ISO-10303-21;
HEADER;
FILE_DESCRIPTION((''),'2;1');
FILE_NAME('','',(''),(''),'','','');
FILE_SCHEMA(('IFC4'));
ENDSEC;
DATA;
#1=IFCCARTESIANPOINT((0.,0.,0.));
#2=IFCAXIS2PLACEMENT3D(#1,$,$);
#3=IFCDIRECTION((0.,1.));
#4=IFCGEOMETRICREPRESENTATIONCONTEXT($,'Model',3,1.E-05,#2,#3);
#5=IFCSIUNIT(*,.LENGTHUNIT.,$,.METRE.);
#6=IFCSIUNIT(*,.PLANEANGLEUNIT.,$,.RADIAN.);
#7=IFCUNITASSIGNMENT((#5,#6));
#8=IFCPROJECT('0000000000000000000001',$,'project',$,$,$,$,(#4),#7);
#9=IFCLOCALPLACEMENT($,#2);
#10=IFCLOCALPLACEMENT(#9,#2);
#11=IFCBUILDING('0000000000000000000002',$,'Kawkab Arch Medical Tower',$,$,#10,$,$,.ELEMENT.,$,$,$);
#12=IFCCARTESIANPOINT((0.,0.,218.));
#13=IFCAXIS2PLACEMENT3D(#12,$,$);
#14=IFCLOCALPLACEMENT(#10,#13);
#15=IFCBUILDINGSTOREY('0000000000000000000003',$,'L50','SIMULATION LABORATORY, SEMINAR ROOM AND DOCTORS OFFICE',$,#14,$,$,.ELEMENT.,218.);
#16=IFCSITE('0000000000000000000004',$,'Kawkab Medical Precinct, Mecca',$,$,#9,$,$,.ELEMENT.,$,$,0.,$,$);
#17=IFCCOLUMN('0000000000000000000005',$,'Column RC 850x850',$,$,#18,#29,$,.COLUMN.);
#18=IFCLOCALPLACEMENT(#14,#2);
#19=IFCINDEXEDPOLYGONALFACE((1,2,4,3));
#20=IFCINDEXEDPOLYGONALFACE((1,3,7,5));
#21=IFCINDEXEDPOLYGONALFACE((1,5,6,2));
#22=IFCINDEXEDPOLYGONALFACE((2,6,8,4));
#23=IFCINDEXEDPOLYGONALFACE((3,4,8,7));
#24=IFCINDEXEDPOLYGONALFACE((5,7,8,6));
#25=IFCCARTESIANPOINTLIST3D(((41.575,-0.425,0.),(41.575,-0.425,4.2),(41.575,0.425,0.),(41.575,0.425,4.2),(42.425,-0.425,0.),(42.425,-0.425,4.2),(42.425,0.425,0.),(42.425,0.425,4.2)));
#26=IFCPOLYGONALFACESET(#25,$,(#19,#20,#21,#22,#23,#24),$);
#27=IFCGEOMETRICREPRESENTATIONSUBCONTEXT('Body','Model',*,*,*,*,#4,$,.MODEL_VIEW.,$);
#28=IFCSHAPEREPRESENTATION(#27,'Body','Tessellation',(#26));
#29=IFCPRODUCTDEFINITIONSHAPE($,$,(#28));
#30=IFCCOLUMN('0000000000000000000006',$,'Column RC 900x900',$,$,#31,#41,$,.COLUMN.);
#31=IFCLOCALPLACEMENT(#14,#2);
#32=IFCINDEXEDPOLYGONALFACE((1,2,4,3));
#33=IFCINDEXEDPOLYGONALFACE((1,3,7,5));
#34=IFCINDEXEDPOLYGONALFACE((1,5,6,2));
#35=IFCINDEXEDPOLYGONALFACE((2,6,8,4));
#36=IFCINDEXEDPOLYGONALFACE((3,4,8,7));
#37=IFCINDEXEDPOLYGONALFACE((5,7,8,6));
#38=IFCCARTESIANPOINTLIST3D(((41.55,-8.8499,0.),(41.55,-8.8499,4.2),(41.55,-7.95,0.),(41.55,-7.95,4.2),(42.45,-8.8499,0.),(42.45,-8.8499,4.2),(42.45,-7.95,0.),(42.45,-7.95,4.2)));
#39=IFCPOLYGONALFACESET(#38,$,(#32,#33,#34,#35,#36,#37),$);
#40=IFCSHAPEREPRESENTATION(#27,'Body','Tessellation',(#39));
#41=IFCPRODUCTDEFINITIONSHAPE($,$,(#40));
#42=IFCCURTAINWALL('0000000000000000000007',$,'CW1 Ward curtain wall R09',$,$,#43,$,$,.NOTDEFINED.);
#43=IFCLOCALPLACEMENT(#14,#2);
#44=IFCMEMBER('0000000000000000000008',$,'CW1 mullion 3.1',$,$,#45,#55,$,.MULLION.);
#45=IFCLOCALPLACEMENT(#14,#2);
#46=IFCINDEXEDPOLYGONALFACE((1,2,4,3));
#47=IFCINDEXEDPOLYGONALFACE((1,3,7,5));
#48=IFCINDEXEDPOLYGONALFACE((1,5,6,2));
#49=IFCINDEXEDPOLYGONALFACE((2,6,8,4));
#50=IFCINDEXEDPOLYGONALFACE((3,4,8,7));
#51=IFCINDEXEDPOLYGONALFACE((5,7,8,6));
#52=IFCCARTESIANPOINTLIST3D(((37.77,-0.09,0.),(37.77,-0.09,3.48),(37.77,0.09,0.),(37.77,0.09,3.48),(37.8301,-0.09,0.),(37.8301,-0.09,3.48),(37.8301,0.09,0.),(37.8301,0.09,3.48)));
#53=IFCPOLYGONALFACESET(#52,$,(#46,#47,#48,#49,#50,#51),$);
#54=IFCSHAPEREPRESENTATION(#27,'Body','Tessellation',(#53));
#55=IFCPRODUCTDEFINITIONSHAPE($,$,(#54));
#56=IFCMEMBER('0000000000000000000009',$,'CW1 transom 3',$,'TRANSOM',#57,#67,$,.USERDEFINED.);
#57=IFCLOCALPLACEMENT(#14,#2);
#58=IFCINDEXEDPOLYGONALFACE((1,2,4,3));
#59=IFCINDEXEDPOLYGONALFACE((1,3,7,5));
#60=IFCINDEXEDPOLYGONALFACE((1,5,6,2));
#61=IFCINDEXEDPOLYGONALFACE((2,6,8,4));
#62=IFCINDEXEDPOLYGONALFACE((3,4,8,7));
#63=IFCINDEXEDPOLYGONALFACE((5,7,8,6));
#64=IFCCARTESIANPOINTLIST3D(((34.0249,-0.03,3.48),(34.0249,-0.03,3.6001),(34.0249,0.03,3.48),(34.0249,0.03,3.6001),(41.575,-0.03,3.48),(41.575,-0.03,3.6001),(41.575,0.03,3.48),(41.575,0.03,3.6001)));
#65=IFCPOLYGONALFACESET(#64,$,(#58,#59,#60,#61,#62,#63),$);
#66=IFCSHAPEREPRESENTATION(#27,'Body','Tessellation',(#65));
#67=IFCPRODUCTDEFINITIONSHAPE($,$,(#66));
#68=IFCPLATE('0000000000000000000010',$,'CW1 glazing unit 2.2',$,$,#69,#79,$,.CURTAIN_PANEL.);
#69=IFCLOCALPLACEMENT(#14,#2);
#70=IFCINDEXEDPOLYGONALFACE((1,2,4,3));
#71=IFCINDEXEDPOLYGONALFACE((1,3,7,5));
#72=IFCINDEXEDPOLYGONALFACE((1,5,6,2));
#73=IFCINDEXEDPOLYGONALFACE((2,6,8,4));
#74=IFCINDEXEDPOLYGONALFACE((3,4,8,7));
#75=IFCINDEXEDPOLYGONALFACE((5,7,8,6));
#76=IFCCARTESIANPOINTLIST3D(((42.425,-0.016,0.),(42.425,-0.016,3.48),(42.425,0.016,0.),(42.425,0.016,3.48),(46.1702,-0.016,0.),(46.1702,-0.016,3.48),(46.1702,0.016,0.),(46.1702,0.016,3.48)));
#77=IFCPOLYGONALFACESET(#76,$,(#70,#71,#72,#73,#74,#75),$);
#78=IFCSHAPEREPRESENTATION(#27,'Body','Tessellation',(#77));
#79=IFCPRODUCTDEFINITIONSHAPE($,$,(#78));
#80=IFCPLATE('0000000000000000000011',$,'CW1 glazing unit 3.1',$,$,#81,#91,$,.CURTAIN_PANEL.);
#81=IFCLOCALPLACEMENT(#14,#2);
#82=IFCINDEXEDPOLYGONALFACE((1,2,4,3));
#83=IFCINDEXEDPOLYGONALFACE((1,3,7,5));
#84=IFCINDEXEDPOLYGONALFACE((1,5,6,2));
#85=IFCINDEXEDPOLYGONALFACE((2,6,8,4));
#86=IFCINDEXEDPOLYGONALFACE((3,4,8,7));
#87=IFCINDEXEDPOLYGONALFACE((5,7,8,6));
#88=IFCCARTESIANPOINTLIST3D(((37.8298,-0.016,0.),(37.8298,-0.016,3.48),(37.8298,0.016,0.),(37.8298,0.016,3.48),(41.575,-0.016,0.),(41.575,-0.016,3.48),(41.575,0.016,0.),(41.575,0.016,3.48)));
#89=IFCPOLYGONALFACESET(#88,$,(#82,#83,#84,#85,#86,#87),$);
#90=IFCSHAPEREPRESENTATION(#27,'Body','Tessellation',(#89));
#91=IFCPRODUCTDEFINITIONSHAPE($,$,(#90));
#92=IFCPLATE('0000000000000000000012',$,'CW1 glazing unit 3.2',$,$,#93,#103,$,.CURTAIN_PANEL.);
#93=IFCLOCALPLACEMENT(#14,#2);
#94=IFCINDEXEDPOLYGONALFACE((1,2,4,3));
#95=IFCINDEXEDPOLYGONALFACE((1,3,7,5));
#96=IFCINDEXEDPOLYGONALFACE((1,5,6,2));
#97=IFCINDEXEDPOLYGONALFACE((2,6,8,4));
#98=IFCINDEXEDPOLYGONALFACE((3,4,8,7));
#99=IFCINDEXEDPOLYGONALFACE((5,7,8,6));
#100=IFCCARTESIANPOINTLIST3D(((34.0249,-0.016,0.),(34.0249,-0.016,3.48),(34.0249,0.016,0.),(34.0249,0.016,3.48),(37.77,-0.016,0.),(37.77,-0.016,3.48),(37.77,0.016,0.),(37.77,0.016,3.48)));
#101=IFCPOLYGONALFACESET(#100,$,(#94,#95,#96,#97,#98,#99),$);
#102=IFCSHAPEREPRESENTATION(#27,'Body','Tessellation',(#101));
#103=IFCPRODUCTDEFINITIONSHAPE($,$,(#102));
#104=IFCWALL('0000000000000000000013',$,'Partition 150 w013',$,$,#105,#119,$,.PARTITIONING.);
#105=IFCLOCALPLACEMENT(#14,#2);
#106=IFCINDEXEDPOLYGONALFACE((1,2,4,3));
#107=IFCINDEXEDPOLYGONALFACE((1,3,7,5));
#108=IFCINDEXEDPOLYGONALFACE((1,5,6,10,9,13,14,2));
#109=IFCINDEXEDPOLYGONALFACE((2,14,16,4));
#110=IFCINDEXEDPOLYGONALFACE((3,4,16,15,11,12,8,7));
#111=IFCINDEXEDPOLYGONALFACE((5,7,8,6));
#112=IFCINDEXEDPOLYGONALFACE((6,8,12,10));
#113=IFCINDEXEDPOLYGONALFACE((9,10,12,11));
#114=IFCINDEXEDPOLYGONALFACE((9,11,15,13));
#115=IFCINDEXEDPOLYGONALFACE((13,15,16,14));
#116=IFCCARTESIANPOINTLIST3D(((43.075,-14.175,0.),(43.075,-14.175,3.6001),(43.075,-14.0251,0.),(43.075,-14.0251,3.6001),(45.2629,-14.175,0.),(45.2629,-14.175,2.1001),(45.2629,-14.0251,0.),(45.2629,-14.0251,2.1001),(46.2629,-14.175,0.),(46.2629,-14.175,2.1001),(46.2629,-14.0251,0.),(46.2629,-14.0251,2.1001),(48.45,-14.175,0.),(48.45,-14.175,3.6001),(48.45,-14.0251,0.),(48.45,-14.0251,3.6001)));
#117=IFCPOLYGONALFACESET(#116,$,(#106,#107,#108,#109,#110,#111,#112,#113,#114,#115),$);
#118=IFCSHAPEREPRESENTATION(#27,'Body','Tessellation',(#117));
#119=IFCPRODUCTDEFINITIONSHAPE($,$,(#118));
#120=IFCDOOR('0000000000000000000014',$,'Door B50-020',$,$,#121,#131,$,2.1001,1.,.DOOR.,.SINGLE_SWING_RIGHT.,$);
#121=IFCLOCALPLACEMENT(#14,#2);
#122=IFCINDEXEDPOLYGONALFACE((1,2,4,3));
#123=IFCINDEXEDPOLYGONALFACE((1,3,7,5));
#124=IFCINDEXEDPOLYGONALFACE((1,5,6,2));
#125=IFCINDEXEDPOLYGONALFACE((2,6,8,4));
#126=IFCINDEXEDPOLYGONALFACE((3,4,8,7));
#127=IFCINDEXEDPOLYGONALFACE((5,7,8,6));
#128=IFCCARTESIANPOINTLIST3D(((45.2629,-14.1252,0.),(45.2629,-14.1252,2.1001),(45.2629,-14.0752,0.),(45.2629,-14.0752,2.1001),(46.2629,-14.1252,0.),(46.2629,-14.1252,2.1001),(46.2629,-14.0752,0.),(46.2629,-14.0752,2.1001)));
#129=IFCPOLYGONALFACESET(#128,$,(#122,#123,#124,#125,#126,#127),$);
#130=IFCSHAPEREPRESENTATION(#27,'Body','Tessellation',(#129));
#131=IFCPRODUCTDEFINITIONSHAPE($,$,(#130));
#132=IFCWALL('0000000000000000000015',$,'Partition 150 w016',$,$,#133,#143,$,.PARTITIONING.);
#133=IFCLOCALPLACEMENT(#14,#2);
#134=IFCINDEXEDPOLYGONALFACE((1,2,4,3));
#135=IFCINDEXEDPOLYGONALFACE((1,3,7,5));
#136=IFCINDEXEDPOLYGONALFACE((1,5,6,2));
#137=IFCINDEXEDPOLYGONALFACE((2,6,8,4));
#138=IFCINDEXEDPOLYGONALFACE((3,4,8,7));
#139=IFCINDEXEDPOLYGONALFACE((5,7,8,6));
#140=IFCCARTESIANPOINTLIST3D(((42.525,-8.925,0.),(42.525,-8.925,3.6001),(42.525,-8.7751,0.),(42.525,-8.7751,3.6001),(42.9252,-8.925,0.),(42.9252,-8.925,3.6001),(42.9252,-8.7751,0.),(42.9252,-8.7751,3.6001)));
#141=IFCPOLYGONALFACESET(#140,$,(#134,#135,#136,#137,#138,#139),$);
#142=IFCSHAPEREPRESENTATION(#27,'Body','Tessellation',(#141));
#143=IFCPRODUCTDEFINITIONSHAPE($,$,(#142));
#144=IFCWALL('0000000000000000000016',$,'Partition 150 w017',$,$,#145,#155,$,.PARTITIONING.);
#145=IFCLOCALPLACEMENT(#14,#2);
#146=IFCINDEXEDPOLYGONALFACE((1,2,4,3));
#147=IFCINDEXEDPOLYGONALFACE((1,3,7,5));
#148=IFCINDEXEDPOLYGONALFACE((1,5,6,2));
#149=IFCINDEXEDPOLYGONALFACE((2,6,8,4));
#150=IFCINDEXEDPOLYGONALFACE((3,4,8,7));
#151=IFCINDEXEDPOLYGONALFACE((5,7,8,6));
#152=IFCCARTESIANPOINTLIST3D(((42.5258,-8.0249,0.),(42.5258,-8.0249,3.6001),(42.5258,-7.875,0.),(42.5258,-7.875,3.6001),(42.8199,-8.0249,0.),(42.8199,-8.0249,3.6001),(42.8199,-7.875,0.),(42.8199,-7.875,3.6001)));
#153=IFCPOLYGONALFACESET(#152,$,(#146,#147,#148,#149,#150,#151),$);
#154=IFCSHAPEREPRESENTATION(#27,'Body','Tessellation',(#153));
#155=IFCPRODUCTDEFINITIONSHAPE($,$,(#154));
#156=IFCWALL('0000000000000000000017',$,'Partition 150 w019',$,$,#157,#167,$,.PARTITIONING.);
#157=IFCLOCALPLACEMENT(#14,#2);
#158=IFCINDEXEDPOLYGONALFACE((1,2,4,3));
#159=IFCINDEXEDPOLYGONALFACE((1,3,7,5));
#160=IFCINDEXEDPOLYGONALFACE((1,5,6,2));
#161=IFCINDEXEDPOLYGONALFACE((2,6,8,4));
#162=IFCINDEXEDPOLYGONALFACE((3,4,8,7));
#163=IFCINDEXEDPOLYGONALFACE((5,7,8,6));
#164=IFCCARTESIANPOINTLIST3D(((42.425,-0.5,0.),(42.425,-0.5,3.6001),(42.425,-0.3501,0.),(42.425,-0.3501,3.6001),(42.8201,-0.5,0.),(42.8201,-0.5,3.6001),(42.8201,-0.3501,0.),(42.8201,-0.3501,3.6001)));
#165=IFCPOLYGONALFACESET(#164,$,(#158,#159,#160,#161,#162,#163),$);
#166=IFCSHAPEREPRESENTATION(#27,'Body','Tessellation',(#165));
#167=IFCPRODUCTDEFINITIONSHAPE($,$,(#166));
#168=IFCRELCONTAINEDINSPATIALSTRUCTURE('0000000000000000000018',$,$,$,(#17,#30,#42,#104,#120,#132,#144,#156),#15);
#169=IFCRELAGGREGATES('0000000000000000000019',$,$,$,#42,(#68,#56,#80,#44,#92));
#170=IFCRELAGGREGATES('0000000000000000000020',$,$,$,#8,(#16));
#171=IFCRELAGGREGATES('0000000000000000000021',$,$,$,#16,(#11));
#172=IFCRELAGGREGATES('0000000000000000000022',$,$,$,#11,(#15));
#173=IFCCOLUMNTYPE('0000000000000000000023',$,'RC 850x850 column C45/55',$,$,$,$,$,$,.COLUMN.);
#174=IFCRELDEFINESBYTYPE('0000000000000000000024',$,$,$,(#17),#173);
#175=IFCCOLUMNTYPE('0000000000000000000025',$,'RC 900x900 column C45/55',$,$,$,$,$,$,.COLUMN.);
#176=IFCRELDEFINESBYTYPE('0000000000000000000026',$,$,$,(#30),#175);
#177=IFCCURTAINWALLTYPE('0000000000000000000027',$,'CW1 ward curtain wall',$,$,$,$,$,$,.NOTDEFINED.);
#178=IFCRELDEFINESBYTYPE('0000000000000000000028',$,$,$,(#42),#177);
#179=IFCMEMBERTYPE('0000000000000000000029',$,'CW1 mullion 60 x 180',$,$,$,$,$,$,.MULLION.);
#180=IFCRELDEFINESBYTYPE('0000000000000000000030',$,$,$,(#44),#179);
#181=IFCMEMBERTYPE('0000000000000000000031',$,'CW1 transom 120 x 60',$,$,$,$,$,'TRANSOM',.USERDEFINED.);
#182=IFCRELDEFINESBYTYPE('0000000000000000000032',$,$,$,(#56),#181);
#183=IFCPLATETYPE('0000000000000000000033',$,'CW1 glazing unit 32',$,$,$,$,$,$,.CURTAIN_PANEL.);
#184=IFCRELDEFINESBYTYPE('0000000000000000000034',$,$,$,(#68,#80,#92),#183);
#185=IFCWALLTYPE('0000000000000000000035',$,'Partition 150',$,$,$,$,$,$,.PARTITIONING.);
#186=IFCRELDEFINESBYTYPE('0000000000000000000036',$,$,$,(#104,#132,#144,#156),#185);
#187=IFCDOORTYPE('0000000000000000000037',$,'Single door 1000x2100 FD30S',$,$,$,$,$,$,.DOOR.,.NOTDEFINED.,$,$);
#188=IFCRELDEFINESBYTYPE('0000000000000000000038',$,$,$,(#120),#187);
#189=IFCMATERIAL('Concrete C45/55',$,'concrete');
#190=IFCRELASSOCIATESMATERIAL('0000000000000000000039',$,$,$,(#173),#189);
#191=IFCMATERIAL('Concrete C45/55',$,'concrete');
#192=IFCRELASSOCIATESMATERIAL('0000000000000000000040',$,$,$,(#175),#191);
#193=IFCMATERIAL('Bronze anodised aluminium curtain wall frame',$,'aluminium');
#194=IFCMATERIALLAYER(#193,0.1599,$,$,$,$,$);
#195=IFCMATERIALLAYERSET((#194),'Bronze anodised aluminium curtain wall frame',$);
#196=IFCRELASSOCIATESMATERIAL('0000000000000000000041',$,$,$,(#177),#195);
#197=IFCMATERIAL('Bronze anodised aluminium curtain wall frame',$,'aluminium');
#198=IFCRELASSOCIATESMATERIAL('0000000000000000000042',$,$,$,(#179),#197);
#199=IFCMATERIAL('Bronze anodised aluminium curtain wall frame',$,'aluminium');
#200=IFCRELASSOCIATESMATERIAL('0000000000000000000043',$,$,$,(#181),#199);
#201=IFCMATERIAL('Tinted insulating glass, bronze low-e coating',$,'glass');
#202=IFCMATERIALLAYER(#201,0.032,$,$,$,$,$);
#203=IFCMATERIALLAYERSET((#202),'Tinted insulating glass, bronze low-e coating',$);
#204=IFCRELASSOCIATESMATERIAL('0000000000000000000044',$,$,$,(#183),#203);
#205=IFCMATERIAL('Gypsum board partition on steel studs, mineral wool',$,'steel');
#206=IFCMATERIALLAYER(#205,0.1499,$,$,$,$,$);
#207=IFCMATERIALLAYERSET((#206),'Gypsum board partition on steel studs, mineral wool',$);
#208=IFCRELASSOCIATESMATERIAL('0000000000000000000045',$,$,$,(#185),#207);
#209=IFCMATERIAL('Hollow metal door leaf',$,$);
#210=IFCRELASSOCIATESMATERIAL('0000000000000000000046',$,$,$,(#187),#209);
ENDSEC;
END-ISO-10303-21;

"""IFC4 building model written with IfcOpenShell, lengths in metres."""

from ifc_helpers import new_model, si_unit, direction, frame, frame_2d, origin, origin_2d, place, context, subcontext, project, spatial, rectangle, extrude, material, layer, layer_set, material_profile, profile_set, type_object, element, fill, aggregate, save


model = new_model("IFC4")

# Units and contexts
model_context = context("Model", 3, precision=1e-05, world=origin(), true_north=direction((0.0, 1.0)))
body_context = subcontext(model_context, "Body", "Model", "MODEL_VIEW")
ifc_project = project(units=[si_unit("LENGTHUNIT", "METRE"), si_unit("PLANEANGLEUNIT", "RADIAN")], contexts=[model_context])

# Site, building, storey
site_placement = place(None, origin())
site = spatial("IfcSite", under=ifc_project, at=site_placement, Name="Kawkab Medical Precinct, Mecca", CompositionType="ELEMENT", RefElevation=0.0)
building_placement = place(site_placement, origin())
building = spatial("IfcBuilding", under=site, at=building_placement, Name="Kawkab Arch Medical Tower", CompositionType="ELEMENT")
storey_placement = place(building_placement, frame((0.0, 0.0, 218.0)))
storey = spatial("IfcBuildingStorey", under=building, at=storey_placement, Name="L50", Description="SIMULATION LABORATORY, SEMINAR ROOM AND DOCTORS OFFICE", CompositionType="ELEMENT", Elevation=218.0)

# Columns
ifc_material_1 = material(Name="Concrete C45/55", Category="concrete")
ifc_material_profile_1 = material_profile(ifc_material_1, rectangle(XDim=0.8501, YDim=0.8501, at=origin_2d()), Name="RC 850x850")
ifc_profile_set_1 = profile_set([ifc_material_profile_1], Name="Concrete C45/55")
column_type_1 = type_object("IfcColumnType", Name="RC 850x850 column C45/55", PredefinedType="COLUMN", material=ifc_profile_set_1)
column_1_placement = place(storey_placement, frame((42.0, 0.0, 0.0), z_axis=(0.0, 0.0, 1.0), x_axis=(1.0, 0.0, 0.0)))
element("IfcColumn", 1, at=column_1_placement, inside=storey, type_object=column_type_1, Name="Column RC 850x850", PredefinedType="COLUMN", context=body_context, shape_type="SweptSolid", body=[
    extrude(rectangle(XDim=0.8501, YDim=0.8501, at=origin_2d()), origin(), (0.0, 0.0, 1.0), 4.2),
])
ifc_material_2 = material(Name="Concrete C45/55", Category="concrete")
ifc_material_profile_2 = material_profile(ifc_material_2, rectangle(XDim=0.8999, YDim=0.8999, at=origin_2d()), Name="RC 900x900")
ifc_profile_set_2 = profile_set([ifc_material_profile_2], Name="Concrete C45/55")
column_type_2 = type_object("IfcColumnType", Name="RC 900x900 column C45/55", PredefinedType="COLUMN", material=ifc_profile_set_2)
column_2_placement = place(storey_placement, frame((42.0, -8.3999, 0.0), z_axis=(0.0, 0.0, 1.0), x_axis=(1.0, 0.0, 0.0)))
element("IfcColumn", 2, at=column_2_placement, inside=storey, type_object=column_type_2, Name="Column RC 900x900", PredefinedType="COLUMN", context=body_context, shape_type="SweptSolid", body=[
    extrude(rectangle(XDim=0.8999, YDim=0.8999, at=origin_2d()), origin(), (0.0, 0.0, 1.0), 4.2),
])

# Curtain wall, members, plates
ifc_material_3 = material(Name="Bronze anodised aluminium curtain wall frame", Category="aluminium")
ifc_layer_1 = layer(ifc_material_3, 0.1599)
ifc_layer_set_1 = layer_set([ifc_layer_1], Name="Bronze anodised aluminium curtain wall frame")
curtain_wall_type = type_object("IfcCurtainWallType", Name="CW1 ward curtain wall", PredefinedType="NOTDEFINED", material=ifc_layer_set_1)
placement = place(storey_placement, origin())
curtain_wall = element("IfcCurtainWall", 3, at=placement, inside=storey, type_object=curtain_wall_type, Name="CW1 Ward curtain wall R09", PredefinedType="NOTDEFINED")
ifc_material_4 = material(Name="Bronze anodised aluminium curtain wall frame", Category="aluminium")
ifc_material_profile_3 = material_profile(ifc_material_4, rectangle(XDim=0.1799, YDim=0.0601, at=origin_2d()), Name="AL 60x180")
ifc_profile_set_3 = profile_set([ifc_material_profile_3], Name="Bronze anodised aluminium curtain wall frame")
member_type_1 = type_object("IfcMemberType", Name="CW1 mullion 60 x 180", PredefinedType="MULLION", material=ifc_profile_set_3)
member_1_placement = place(storey_placement, frame((37.8, 0.0, 0.0), z_axis=(0.0, 0.0, 1.0), x_axis=(0.0, -1.0, 0.0)))
member_1 = element("IfcMember", 4, at=member_1_placement, type_object=member_type_1, Name="CW1 mullion 3.1", PredefinedType="MULLION", context=body_context, shape_type="SweptSolid", body=[
    extrude(rectangle(XDim=0.1799, YDim=0.0601, at=origin_2d()), origin(), (0.0, 0.0, 1.0), 3.48),
])
ifc_material_5 = material(Name="Bronze anodised aluminium curtain wall frame", Category="aluminium")
ifc_material_profile_4 = material_profile(ifc_material_5, rectangle(XDim=0.0601, YDim=0.1201, at=origin_2d()), Name="AL 60x120")
ifc_profile_set_4 = profile_set([ifc_material_profile_4], Name="Bronze anodised aluminium curtain wall frame")
member_type_2 = type_object("IfcMemberType", Name="CW1 transom 120 x 60", ElementType="TRANSOM", PredefinedType="USERDEFINED", material=ifc_profile_set_4)
member_2_placement = place(storey_placement, frame((41.575, 0.0, 3.54), z_axis=(-1.0, 0.0, 0.0), x_axis=(0.0, -1.0, 0.0)))
member_2 = element("IfcMember", 5, at=member_2_placement, type_object=member_type_2, Name="CW1 transom 3", ObjectType="TRANSOM", PredefinedType="USERDEFINED", context=body_context, shape_type="SweptSolid", body=[
    extrude(rectangle(XDim=0.0601, YDim=0.1201, at=origin_2d()), origin(), (0.0, 0.0, 1.0), 7.55),
])
ifc_material_6 = material(Name="Tinted insulating glass, bronze low-e coating", Category="glass")
ifc_layer_2 = layer(ifc_material_6, 0.032)
ifc_layer_set_2 = layer_set([ifc_layer_2], Name="Tinted insulating glass, bronze low-e coating")
plate_type = type_object("IfcPlateType", Name="CW1 glazing unit 32", PredefinedType="CURTAIN_PANEL", material=ifc_layer_set_2)
plate_1_placement = place(storey_placement, frame((44.2976, 0.0, 0.0), z_axis=(0.0, 0.0, 1.0), x_axis=(-1.0, 0.0, 0.0)))
plate_1 = element("IfcPlate", 6, at=plate_1_placement, type_object=plate_type, Name="CW1 glazing unit 2.2", PredefinedType="CURTAIN_PANEL", context=body_context, shape_type="SweptSolid", body=[
    extrude(rectangle(XDim=3.7451, YDim=0.032, at=origin_2d()), origin(), (0.0, 0.0, 1.0), 3.48),
])
plate_2_placement = place(storey_placement, frame((39.7024, 0.0, 0.0), z_axis=(0.0, 0.0, 1.0), x_axis=(-1.0, 0.0, 0.0)))
plate_2 = element("IfcPlate", 7, at=plate_2_placement, type_object=plate_type, Name="CW1 glazing unit 3.1", PredefinedType="CURTAIN_PANEL", context=body_context, shape_type="SweptSolid", body=[
    extrude(rectangle(XDim=3.7451, YDim=0.032, at=origin_2d()), origin(), (0.0, 0.0, 1.0), 3.48),
])
plate_3_placement = place(storey_placement, frame((35.8975, 0.0, 0.0), z_axis=(0.0, 0.0, 1.0), x_axis=(-1.0, 0.0, 0.0)))
plate_3 = element("IfcPlate", 8, at=plate_3_placement, type_object=plate_type, Name="CW1 glazing unit 3.2", PredefinedType="CURTAIN_PANEL", context=body_context, shape_type="SweptSolid", body=[
    extrude(rectangle(XDim=3.7451, YDim=0.032, at=origin_2d()), origin(), (0.0, 0.0, 1.0), 3.48),
])
aggregate(curtain_wall, [plate_1, member_2, plate_2, member_1, plate_3])

# Wall, opening, door
ifc_material_7 = material(Name="Gypsum board partition on steel studs, mineral wool", Category="steel")
ifc_layer_3 = layer(ifc_material_7, 0.1499)
ifc_layer_set_3 = layer_set([ifc_layer_3], Name="Gypsum board partition on steel studs, mineral wool")
wall_type_1 = type_object("IfcWallType", Name="Partition 150", PredefinedType="PARTITIONING", material=ifc_layer_set_3)
wall_1_placement = place(storey_placement, frame((43.075, -14.1001, 0.0), z_axis=(0.0, 0.0, 1.0), x_axis=(1.0, 0.0, 0.0)))
wall_1 = element("IfcWall", 9, at=wall_1_placement, inside=storey, type_object=wall_type_1, Name="Partition 150 w013", PredefinedType="PARTITIONING", context=body_context, shape_type="SweptSolid", body=[
    extrude(rectangle(XDim=5.375, YDim=0.1499, at=frame_2d((2.6875, 0.0))), origin(), (0.0, 0.0, 1.0), 3.6001),
])
opening_1_placement = place(wall_1_placement, frame((2.188, 0.0, 0.0)))
opening_1 = element("IfcOpeningElement", 10, at=opening_1_placement, cuts=wall_1, PredefinedType="OPENING", context=body_context, shape_type="SweptSolid", body=[
    extrude(rectangle(XDim=1.0, YDim=2.1001, at=frame_2d((0.5, 1.05))), frame((0.0, 0.085, 0.0), z_axis=(0.0, -1.0, 0.0), x_axis=(1.0, 0.0, 0.0)), (0.0, 0.0, 1.0), 0.1699),
])
ifc_material_8 = material(Name="Hollow metal door leaf")
door_type_1 = type_object("IfcDoorType", Name="Single door 1000x2100 FD30S", OperationType="NOTDEFINED", PredefinedType="DOOR", material=ifc_material_8)
door_1_placement = place(opening_1_placement, origin())
door_1 = element("IfcDoor", 11, at=door_1_placement, inside=storey, type_object=door_type_1, Name="Door B50-020", OperationType="SINGLE_SWING_RIGHT", OverallHeight=2.1001, OverallWidth=1.0, PredefinedType="DOOR", context=body_context, shape_type="SweptSolid", body=[
    extrude(rectangle(XDim=1.0, YDim=2.1001, at=frame_2d((0.5, 1.05))), frame((0.0, 0.0249, 0.0), z_axis=(0.0, -1.0, 0.0), x_axis=(1.0, 0.0, 0.0)), (0.0, 0.0, 1.0), 0.05),
])
fill(opening_1, door_1)

# Walls
wall_2_placement = place(storey_placement, frame((42.5249, -8.8501, 0.0), z_axis=(0.0, 0.0, 1.0), x_axis=(1.0, 0.0, 0.0)))
element("IfcWall", 12, at=wall_2_placement, inside=storey, type_object=wall_type_1, Name="Partition 150 w016", PredefinedType="PARTITIONING", context=body_context, shape_type="SweptSolid", body=[
    extrude(rectangle(XDim=0.4001, YDim=0.1499, at=frame_2d((0.2002, 0.0))), origin(), (0.0, 0.0, 1.0), 3.6001),
])
wall_3_placement = place(storey_placement, frame((42.5259, -7.95, 0.0), z_axis=(0.0, 0.0, 1.0), x_axis=(1.0, 0.0, 0.0)))
element("IfcWall", 13, at=wall_3_placement, inside=storey, type_object=wall_type_1, Name="Partition 150 w017", PredefinedType="PARTITIONING", context=body_context, shape_type="SweptSolid", body=[
    extrude(rectangle(XDim=0.2942, YDim=0.1499, at=frame_2d((0.147, 0.0))), origin(), (0.0, 0.0, 1.0), 3.6001),
])
wall_4_placement = place(storey_placement, frame((42.425, -0.425, 0.0), z_axis=(0.0, 0.0, 1.0), x_axis=(1.0, 0.0, 0.0)))
element("IfcWall", 14, at=wall_4_placement, inside=storey, type_object=wall_type_1, Name="Partition 150 w019", PredefinedType="PARTITIONING", context=body_context, shape_type="SweptSolid", body=[
    extrude(rectangle(XDim=0.395, YDim=0.1499, at=frame_2d((0.1975, 0.0))), origin(), (0.0, 0.0, 1.0), 3.6001),
])

save(model, "model.ifc")
